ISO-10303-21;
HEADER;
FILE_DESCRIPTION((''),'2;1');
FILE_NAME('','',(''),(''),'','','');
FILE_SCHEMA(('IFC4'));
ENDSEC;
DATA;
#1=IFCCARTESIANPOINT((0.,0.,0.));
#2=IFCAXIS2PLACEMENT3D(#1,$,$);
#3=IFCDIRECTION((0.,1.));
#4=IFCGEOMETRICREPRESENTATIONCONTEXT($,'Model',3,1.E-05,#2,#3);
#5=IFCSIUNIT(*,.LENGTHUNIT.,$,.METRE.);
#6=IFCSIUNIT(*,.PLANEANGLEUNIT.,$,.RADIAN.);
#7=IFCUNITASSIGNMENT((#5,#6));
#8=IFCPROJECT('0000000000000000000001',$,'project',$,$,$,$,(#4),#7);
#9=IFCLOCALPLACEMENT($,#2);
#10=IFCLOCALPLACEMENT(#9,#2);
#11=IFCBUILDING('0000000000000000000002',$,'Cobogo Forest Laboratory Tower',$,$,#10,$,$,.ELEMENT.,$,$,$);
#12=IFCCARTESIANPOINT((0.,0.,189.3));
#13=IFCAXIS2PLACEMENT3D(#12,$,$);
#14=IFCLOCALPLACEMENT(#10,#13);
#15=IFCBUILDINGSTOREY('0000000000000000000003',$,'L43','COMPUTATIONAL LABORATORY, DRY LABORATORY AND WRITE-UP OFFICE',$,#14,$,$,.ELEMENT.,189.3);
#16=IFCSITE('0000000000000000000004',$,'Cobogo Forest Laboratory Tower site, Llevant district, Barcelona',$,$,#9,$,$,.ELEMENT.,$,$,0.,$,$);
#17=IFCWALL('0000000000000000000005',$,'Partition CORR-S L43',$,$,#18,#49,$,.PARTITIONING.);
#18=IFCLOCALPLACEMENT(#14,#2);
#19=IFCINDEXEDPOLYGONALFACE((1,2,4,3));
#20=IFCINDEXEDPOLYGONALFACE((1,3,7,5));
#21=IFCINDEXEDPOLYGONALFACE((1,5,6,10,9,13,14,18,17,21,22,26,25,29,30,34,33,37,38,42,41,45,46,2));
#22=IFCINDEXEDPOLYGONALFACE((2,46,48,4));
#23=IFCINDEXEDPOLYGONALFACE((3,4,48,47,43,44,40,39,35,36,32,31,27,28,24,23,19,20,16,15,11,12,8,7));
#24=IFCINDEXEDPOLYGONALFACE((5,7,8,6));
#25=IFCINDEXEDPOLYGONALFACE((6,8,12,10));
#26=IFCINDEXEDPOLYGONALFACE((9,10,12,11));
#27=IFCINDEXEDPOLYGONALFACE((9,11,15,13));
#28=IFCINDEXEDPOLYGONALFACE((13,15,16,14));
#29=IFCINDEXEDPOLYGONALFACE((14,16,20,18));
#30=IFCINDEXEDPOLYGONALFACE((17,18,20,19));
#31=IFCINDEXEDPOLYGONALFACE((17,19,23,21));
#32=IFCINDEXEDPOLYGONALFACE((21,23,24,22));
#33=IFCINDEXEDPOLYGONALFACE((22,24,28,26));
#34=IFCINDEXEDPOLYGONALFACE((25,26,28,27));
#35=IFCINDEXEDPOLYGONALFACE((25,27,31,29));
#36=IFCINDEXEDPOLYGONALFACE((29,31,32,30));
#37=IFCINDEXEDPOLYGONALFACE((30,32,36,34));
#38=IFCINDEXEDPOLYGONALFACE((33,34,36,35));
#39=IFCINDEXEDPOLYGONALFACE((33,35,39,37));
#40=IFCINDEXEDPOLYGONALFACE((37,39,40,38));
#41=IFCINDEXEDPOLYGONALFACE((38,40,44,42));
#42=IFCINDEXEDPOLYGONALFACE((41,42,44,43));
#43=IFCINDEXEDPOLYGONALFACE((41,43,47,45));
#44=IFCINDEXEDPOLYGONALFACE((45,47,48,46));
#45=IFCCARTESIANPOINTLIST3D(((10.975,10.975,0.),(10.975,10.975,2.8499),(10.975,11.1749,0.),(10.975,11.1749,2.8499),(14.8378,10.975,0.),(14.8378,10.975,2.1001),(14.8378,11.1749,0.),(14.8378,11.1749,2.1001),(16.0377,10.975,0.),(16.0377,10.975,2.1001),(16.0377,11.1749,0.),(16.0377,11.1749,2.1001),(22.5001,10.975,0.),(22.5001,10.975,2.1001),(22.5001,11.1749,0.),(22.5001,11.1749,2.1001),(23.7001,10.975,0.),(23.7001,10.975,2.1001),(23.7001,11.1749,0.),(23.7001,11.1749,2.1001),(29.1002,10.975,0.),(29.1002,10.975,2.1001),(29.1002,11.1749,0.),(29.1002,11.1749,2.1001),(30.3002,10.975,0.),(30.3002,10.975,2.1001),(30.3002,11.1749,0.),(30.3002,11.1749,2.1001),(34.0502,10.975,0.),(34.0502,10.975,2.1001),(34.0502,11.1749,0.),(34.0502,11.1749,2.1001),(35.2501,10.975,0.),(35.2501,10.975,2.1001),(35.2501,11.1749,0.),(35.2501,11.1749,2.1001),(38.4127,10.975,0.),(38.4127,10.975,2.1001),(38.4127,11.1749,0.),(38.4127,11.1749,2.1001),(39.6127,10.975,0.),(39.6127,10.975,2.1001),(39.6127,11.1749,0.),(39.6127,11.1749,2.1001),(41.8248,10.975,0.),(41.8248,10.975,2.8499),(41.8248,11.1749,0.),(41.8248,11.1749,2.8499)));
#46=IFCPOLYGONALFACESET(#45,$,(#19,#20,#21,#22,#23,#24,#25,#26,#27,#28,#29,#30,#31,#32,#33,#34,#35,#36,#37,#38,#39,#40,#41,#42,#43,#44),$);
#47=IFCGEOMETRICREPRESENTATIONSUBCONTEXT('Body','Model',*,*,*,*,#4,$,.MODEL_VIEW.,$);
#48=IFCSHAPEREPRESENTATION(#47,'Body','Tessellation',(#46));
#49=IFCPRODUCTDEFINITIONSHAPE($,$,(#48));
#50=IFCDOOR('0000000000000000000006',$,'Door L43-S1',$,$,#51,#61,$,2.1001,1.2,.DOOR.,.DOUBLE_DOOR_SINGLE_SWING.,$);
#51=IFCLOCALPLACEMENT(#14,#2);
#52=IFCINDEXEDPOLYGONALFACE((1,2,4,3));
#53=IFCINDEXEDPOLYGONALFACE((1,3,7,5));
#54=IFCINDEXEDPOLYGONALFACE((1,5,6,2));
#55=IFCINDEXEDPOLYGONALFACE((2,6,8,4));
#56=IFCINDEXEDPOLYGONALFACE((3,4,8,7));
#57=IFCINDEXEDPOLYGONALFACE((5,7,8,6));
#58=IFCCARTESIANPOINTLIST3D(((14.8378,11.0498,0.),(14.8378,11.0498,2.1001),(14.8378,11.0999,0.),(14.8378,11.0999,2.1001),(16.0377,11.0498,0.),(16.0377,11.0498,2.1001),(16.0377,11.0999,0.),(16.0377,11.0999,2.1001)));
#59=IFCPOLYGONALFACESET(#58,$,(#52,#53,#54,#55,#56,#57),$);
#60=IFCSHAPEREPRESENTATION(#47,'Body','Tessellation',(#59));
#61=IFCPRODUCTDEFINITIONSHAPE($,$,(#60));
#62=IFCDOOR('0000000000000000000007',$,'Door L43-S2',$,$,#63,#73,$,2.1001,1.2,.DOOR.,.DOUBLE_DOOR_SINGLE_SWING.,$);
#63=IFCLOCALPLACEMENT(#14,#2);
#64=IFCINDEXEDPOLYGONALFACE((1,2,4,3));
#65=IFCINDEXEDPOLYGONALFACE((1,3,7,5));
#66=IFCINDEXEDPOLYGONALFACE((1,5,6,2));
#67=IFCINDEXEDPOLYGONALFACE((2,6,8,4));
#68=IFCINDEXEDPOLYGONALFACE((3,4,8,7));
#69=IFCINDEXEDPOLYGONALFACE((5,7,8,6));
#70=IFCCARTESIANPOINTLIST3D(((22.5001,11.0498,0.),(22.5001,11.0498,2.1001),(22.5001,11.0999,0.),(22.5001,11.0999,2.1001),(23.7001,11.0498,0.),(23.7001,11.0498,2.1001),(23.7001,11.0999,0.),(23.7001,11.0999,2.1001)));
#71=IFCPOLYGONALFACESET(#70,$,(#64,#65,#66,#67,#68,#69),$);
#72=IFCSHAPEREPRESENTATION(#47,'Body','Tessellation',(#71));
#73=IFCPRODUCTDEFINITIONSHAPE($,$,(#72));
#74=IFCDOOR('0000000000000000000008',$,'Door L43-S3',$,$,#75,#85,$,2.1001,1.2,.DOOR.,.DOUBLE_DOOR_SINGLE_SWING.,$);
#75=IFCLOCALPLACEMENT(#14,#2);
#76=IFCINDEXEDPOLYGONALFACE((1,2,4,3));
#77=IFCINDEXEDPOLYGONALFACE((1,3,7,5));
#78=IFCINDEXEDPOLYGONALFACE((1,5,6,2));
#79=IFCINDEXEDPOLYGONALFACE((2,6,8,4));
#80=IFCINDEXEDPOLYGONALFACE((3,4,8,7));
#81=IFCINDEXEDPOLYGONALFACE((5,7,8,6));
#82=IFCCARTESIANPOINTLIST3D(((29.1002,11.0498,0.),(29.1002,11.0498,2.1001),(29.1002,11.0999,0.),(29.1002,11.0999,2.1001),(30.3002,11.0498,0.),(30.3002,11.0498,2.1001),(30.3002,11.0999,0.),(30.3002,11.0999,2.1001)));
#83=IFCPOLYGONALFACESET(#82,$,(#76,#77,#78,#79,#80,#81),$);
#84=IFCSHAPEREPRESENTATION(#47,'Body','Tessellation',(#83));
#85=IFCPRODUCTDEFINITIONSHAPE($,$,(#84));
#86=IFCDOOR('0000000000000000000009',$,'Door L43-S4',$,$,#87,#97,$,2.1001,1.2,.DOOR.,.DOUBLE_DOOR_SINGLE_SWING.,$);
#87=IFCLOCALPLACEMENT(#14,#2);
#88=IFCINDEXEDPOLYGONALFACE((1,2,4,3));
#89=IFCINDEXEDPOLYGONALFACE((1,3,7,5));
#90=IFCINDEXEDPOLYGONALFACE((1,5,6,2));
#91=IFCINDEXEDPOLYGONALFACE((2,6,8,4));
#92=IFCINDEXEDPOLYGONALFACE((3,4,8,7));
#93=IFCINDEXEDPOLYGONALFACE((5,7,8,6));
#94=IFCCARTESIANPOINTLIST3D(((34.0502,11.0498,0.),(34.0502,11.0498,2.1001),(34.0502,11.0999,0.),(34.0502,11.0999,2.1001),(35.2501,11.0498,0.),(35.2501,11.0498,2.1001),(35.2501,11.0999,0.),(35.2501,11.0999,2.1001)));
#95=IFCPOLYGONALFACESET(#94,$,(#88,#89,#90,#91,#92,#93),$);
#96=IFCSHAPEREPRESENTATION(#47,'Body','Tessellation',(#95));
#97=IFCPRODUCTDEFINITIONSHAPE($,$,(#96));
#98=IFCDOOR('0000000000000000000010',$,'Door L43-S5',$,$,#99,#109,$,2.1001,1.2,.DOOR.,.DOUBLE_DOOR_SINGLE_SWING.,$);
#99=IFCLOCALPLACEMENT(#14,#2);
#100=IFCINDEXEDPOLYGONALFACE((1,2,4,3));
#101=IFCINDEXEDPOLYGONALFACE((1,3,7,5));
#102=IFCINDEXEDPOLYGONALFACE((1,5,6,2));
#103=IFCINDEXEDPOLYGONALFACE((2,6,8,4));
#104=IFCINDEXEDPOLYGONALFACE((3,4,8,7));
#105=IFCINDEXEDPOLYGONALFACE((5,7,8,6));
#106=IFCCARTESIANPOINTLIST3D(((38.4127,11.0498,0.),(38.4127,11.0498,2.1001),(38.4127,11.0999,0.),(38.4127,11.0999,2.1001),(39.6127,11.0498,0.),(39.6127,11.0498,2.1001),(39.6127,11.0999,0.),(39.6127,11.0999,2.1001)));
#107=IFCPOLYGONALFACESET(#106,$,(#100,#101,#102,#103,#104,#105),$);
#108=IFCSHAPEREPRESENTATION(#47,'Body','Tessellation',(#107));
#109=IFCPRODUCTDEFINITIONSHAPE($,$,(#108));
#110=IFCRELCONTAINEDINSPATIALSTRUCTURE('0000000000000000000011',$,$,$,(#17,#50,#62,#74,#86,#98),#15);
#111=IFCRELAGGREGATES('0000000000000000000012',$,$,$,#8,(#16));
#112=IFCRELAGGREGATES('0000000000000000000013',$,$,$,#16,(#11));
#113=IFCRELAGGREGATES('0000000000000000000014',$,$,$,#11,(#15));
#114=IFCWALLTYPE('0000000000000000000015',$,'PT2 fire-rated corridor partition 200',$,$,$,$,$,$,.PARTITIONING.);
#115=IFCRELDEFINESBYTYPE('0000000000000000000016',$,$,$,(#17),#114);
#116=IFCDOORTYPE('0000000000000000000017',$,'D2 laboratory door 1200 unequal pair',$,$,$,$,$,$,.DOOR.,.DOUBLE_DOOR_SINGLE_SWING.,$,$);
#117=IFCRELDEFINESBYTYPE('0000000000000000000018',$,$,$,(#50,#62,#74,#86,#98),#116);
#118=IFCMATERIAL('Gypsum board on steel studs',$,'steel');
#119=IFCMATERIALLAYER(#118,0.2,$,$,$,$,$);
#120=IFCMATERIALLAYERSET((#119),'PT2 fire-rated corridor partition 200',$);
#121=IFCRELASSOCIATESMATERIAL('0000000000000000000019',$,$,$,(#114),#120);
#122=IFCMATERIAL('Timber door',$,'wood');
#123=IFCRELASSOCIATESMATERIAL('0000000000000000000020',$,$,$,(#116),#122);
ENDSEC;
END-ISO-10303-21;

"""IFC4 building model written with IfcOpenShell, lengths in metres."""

from ifc_helpers import new_model, si_unit, direction, frame, frame_2d, origin, place, context, subcontext, project, spatial, rectangle, extrude, material, layer, layer_set, type_object, element, fill, save


model = new_model("IFC4")

# Units and contexts
model_context = context("Model", 3, precision=1e-05, world=origin(), true_north=direction((0.0, 1.0)))
body_context = subcontext(model_context, "Body", "Model", "MODEL_VIEW")
ifc_project = project(units=[si_unit("LENGTHUNIT", "METRE"), si_unit("PLANEANGLEUNIT", "RADIAN")], contexts=[model_context])

# Site, building, storey
site_placement = place(None, origin())
site = spatial("IfcSite", under=ifc_project, at=site_placement, Name="Cobogo Forest Laboratory Tower site, Llevant district, Barcelona", CompositionType="ELEMENT", RefElevation=0.0)
building_placement = place(site_placement, origin())
building = spatial("IfcBuilding", under=site, at=building_placement, Name="Cobogo Forest Laboratory Tower", CompositionType="ELEMENT")
storey_placement = place(building_placement, frame((0.0, 0.0, 189.3)))
storey = spatial("IfcBuildingStorey", under=building, at=storey_placement, Name="L43", Description="COMPUTATIONAL LABORATORY, DRY LABORATORY AND WRITE-UP OFFICE", CompositionType="ELEMENT", Elevation=189.3)

# Shared definitions
ifc_material_1 = material(Name="Gypsum board on steel studs", Category="steel")

# Wall, openings, doors
ifc_layer_1 = layer(ifc_material_1, 0.2)
ifc_layer_set_1 = layer_set([ifc_layer_1], Name="PT2 fire-rated corridor partition 200")
wall_type_1 = type_object("IfcWallType", Name="PT2 fire-rated corridor partition 200", PredefinedType="PARTITIONING", material=ifc_layer_set_1)
wall_1_placement = place(storey_placement, frame((10.9751, 11.075, 0.0), z_axis=(0.0, 0.0, 1.0), x_axis=(1.0, 0.0, 0.0)))
wall_1 = element("IfcWall", 1, at=wall_1_placement, inside=storey, type_object=wall_type_1, Name="Partition CORR-S L43", PredefinedType="PARTITIONING", context=body_context, shape_type="SweptSolid", body=[
    extrude(rectangle(XDim=30.8499, YDim=0.2, at=frame_2d((15.4248, 0.0))), origin(), (0.0, 0.0, 1.0), 2.8499),
])
opening_1_placement = place(wall_1_placement, frame((3.8625, 0.0, 0.0)))
opening_1 = element("IfcOpeningElement", 2, at=opening_1_placement, cuts=wall_1, PredefinedType="OPENING", context=body_context, shape_type="SweptSolid", body=[
    extrude(rectangle(XDim=1.2, YDim=2.1001, at=frame_2d((0.6001, 1.05))), frame((0.0, 0.1099, 0.0), z_axis=(0.0, -1.0, 0.0), x_axis=(1.0, 0.0, 0.0)), (0.0, 0.0, 1.0), 0.22),
])
opening_2_placement = place(wall_1_placement, frame((11.5249, 0.0, 0.0)))
opening_2 = element("IfcOpeningElement", 3, at=opening_2_placement, cuts=wall_1, PredefinedType="OPENING", context=body_context, shape_type="SweptSolid", body=[
    extrude(rectangle(XDim=1.2, YDim=2.1001, at=frame_2d((0.6001, 1.05))), frame((0.0, 0.1099, 0.0), z_axis=(0.0, -1.0, 0.0), x_axis=(1.0, 0.0, 0.0)), (0.0, 0.0, 1.0), 0.22),
])
opening_3_placement = place(wall_1_placement, frame((18.125, 0.0, 0.0)))
opening_3 = element("IfcOpeningElement", 4, at=opening_3_placement, cuts=wall_1, PredefinedType="OPENING", context=body_context, shape_type="SweptSolid", body=[
    extrude(rectangle(XDim=1.2, YDim=2.1001, at=frame_2d((0.6001, 1.05))), frame((0.0, 0.1099, 0.0), z_axis=(0.0, -1.0, 0.0), x_axis=(1.0, 0.0, 0.0)), (0.0, 0.0, 1.0), 0.22),
])
opening_4_placement = place(wall_1_placement, frame((23.075, 0.0, 0.0)))
opening_4 = element("IfcOpeningElement", 5, at=opening_4_placement, cuts=wall_1, PredefinedType="OPENING", context=body_context, shape_type="SweptSolid", body=[
    extrude(rectangle(XDim=1.2, YDim=2.1001, at=frame_2d((0.6001, 1.05))), frame((0.0, 0.1099, 0.0), z_axis=(0.0, -1.0, 0.0), x_axis=(1.0, 0.0, 0.0)), (0.0, 0.0, 1.0), 0.22),
])
opening_5_placement = place(wall_1_placement, frame((27.4375, 0.0, 0.0)))
opening_5 = element("IfcOpeningElement", 6, at=opening_5_placement, cuts=wall_1, PredefinedType="OPENING", context=body_context, shape_type="SweptSolid", body=[
    extrude(rectangle(XDim=1.2, YDim=2.1001, at=frame_2d((0.6001, 1.05))), frame((0.0, 0.1099, 0.0), z_axis=(0.0, -1.0, 0.0), x_axis=(1.0, 0.0, 0.0)), (0.0, 0.0, 1.0), 0.22),
])
ifc_material_2 = material(Name="Timber door", Category="wood")
door_type_1 = type_object("IfcDoorType", Name="D2 laboratory door 1200 unequal pair", OperationType="DOUBLE_DOOR_SINGLE_SWING", PredefinedType="DOOR", material=ifc_material_2)
door_1_placement = place(opening_1_placement, origin())
door_1 = element("IfcDoor", 7, at=door_1_placement, inside=storey, type_object=door_type_1, Name="Door L43-S1", OperationType="DOUBLE_DOOR_SINGLE_SWING", OverallHeight=2.1001, OverallWidth=1.2, PredefinedType="DOOR", context=body_context, shape_type="SweptSolid", body=[
    extrude(rectangle(XDim=1.2, YDim=2.1001, at=frame_2d((0.6001, 1.05))), frame((0.0, 0.0249, 0.0), z_axis=(0.0, -1.0, 0.0), x_axis=(1.0, 0.0, 0.0)), (0.0, 0.0, 1.0), 0.05),
])
fill(opening_1, door_1)
door_2_placement = place(opening_2_placement, origin())
door_2 = element("IfcDoor", 8, at=door_2_placement, inside=storey, type_object=door_type_1, Name="Door L43-S2", OperationType="DOUBLE_DOOR_SINGLE_SWING", OverallHeight=2.1001, OverallWidth=1.2, PredefinedType="DOOR", context=body_context, shape_type="SweptSolid", body=[
    extrude(rectangle(XDim=1.2, YDim=2.1001, at=frame_2d((0.6001, 1.05))), frame((0.0, 0.0249, 0.0), z_axis=(0.0, -1.0, 0.0), x_axis=(1.0, 0.0, 0.0)), (0.0, 0.0, 1.0), 0.05),
])
fill(opening_2, door_2)
door_3_placement = place(opening_3_placement, origin())
door_3 = element("IfcDoor", 9, at=door_3_placement, inside=storey, type_object=door_type_1, Name="Door L43-S3", OperationType="DOUBLE_DOOR_SINGLE_SWING", OverallHeight=2.1001, OverallWidth=1.2, PredefinedType="DOOR", context=body_context, shape_type="SweptSolid", body=[
    extrude(rectangle(XDim=1.2, YDim=2.1001, at=frame_2d((0.6001, 1.05))), frame((0.0, 0.0249, 0.0), z_axis=(0.0, -1.0, 0.0), x_axis=(1.0, 0.0, 0.0)), (0.0, 0.0, 1.0), 0.05),
])
fill(opening_3, door_3)
door_4_placement = place(opening_4_placement, origin())
door_4 = element("IfcDoor", 10, at=door_4_placement, inside=storey, type_object=door_type_1, Name="Door L43-S4", OperationType="DOUBLE_DOOR_SINGLE_SWING", OverallHeight=2.1001, OverallWidth=1.2, PredefinedType="DOOR", context=body_context, shape_type="SweptSolid", body=[
    extrude(rectangle(XDim=1.2, YDim=2.1001, at=frame_2d((0.6001, 1.05))), frame((0.0, 0.0249, 0.0), z_axis=(0.0, -1.0, 0.0), x_axis=(1.0, 0.0, 0.0)), (0.0, 0.0, 1.0), 0.05),
])
fill(opening_4, door_4)
door_5_placement = place(opening_5_placement, origin())
door_5 = element("IfcDoor", 11, at=door_5_placement, inside=storey, type_object=door_type_1, Name="Door L43-S5", OperationType="DOUBLE_DOOR_SINGLE_SWING", OverallHeight=2.1001, OverallWidth=1.2, PredefinedType="DOOR", context=body_context, shape_type="SweptSolid", body=[
    extrude(rectangle(XDim=1.2, YDim=2.1001, at=frame_2d((0.6001, 1.05))), frame((0.0, 0.0249, 0.0), z_axis=(0.0, -1.0, 0.0), x_axis=(1.0, 0.0, 0.0)), (0.0, 0.0, 1.0), 0.05),
])
fill(opening_5, door_5)

save(model, "model.ifc")
